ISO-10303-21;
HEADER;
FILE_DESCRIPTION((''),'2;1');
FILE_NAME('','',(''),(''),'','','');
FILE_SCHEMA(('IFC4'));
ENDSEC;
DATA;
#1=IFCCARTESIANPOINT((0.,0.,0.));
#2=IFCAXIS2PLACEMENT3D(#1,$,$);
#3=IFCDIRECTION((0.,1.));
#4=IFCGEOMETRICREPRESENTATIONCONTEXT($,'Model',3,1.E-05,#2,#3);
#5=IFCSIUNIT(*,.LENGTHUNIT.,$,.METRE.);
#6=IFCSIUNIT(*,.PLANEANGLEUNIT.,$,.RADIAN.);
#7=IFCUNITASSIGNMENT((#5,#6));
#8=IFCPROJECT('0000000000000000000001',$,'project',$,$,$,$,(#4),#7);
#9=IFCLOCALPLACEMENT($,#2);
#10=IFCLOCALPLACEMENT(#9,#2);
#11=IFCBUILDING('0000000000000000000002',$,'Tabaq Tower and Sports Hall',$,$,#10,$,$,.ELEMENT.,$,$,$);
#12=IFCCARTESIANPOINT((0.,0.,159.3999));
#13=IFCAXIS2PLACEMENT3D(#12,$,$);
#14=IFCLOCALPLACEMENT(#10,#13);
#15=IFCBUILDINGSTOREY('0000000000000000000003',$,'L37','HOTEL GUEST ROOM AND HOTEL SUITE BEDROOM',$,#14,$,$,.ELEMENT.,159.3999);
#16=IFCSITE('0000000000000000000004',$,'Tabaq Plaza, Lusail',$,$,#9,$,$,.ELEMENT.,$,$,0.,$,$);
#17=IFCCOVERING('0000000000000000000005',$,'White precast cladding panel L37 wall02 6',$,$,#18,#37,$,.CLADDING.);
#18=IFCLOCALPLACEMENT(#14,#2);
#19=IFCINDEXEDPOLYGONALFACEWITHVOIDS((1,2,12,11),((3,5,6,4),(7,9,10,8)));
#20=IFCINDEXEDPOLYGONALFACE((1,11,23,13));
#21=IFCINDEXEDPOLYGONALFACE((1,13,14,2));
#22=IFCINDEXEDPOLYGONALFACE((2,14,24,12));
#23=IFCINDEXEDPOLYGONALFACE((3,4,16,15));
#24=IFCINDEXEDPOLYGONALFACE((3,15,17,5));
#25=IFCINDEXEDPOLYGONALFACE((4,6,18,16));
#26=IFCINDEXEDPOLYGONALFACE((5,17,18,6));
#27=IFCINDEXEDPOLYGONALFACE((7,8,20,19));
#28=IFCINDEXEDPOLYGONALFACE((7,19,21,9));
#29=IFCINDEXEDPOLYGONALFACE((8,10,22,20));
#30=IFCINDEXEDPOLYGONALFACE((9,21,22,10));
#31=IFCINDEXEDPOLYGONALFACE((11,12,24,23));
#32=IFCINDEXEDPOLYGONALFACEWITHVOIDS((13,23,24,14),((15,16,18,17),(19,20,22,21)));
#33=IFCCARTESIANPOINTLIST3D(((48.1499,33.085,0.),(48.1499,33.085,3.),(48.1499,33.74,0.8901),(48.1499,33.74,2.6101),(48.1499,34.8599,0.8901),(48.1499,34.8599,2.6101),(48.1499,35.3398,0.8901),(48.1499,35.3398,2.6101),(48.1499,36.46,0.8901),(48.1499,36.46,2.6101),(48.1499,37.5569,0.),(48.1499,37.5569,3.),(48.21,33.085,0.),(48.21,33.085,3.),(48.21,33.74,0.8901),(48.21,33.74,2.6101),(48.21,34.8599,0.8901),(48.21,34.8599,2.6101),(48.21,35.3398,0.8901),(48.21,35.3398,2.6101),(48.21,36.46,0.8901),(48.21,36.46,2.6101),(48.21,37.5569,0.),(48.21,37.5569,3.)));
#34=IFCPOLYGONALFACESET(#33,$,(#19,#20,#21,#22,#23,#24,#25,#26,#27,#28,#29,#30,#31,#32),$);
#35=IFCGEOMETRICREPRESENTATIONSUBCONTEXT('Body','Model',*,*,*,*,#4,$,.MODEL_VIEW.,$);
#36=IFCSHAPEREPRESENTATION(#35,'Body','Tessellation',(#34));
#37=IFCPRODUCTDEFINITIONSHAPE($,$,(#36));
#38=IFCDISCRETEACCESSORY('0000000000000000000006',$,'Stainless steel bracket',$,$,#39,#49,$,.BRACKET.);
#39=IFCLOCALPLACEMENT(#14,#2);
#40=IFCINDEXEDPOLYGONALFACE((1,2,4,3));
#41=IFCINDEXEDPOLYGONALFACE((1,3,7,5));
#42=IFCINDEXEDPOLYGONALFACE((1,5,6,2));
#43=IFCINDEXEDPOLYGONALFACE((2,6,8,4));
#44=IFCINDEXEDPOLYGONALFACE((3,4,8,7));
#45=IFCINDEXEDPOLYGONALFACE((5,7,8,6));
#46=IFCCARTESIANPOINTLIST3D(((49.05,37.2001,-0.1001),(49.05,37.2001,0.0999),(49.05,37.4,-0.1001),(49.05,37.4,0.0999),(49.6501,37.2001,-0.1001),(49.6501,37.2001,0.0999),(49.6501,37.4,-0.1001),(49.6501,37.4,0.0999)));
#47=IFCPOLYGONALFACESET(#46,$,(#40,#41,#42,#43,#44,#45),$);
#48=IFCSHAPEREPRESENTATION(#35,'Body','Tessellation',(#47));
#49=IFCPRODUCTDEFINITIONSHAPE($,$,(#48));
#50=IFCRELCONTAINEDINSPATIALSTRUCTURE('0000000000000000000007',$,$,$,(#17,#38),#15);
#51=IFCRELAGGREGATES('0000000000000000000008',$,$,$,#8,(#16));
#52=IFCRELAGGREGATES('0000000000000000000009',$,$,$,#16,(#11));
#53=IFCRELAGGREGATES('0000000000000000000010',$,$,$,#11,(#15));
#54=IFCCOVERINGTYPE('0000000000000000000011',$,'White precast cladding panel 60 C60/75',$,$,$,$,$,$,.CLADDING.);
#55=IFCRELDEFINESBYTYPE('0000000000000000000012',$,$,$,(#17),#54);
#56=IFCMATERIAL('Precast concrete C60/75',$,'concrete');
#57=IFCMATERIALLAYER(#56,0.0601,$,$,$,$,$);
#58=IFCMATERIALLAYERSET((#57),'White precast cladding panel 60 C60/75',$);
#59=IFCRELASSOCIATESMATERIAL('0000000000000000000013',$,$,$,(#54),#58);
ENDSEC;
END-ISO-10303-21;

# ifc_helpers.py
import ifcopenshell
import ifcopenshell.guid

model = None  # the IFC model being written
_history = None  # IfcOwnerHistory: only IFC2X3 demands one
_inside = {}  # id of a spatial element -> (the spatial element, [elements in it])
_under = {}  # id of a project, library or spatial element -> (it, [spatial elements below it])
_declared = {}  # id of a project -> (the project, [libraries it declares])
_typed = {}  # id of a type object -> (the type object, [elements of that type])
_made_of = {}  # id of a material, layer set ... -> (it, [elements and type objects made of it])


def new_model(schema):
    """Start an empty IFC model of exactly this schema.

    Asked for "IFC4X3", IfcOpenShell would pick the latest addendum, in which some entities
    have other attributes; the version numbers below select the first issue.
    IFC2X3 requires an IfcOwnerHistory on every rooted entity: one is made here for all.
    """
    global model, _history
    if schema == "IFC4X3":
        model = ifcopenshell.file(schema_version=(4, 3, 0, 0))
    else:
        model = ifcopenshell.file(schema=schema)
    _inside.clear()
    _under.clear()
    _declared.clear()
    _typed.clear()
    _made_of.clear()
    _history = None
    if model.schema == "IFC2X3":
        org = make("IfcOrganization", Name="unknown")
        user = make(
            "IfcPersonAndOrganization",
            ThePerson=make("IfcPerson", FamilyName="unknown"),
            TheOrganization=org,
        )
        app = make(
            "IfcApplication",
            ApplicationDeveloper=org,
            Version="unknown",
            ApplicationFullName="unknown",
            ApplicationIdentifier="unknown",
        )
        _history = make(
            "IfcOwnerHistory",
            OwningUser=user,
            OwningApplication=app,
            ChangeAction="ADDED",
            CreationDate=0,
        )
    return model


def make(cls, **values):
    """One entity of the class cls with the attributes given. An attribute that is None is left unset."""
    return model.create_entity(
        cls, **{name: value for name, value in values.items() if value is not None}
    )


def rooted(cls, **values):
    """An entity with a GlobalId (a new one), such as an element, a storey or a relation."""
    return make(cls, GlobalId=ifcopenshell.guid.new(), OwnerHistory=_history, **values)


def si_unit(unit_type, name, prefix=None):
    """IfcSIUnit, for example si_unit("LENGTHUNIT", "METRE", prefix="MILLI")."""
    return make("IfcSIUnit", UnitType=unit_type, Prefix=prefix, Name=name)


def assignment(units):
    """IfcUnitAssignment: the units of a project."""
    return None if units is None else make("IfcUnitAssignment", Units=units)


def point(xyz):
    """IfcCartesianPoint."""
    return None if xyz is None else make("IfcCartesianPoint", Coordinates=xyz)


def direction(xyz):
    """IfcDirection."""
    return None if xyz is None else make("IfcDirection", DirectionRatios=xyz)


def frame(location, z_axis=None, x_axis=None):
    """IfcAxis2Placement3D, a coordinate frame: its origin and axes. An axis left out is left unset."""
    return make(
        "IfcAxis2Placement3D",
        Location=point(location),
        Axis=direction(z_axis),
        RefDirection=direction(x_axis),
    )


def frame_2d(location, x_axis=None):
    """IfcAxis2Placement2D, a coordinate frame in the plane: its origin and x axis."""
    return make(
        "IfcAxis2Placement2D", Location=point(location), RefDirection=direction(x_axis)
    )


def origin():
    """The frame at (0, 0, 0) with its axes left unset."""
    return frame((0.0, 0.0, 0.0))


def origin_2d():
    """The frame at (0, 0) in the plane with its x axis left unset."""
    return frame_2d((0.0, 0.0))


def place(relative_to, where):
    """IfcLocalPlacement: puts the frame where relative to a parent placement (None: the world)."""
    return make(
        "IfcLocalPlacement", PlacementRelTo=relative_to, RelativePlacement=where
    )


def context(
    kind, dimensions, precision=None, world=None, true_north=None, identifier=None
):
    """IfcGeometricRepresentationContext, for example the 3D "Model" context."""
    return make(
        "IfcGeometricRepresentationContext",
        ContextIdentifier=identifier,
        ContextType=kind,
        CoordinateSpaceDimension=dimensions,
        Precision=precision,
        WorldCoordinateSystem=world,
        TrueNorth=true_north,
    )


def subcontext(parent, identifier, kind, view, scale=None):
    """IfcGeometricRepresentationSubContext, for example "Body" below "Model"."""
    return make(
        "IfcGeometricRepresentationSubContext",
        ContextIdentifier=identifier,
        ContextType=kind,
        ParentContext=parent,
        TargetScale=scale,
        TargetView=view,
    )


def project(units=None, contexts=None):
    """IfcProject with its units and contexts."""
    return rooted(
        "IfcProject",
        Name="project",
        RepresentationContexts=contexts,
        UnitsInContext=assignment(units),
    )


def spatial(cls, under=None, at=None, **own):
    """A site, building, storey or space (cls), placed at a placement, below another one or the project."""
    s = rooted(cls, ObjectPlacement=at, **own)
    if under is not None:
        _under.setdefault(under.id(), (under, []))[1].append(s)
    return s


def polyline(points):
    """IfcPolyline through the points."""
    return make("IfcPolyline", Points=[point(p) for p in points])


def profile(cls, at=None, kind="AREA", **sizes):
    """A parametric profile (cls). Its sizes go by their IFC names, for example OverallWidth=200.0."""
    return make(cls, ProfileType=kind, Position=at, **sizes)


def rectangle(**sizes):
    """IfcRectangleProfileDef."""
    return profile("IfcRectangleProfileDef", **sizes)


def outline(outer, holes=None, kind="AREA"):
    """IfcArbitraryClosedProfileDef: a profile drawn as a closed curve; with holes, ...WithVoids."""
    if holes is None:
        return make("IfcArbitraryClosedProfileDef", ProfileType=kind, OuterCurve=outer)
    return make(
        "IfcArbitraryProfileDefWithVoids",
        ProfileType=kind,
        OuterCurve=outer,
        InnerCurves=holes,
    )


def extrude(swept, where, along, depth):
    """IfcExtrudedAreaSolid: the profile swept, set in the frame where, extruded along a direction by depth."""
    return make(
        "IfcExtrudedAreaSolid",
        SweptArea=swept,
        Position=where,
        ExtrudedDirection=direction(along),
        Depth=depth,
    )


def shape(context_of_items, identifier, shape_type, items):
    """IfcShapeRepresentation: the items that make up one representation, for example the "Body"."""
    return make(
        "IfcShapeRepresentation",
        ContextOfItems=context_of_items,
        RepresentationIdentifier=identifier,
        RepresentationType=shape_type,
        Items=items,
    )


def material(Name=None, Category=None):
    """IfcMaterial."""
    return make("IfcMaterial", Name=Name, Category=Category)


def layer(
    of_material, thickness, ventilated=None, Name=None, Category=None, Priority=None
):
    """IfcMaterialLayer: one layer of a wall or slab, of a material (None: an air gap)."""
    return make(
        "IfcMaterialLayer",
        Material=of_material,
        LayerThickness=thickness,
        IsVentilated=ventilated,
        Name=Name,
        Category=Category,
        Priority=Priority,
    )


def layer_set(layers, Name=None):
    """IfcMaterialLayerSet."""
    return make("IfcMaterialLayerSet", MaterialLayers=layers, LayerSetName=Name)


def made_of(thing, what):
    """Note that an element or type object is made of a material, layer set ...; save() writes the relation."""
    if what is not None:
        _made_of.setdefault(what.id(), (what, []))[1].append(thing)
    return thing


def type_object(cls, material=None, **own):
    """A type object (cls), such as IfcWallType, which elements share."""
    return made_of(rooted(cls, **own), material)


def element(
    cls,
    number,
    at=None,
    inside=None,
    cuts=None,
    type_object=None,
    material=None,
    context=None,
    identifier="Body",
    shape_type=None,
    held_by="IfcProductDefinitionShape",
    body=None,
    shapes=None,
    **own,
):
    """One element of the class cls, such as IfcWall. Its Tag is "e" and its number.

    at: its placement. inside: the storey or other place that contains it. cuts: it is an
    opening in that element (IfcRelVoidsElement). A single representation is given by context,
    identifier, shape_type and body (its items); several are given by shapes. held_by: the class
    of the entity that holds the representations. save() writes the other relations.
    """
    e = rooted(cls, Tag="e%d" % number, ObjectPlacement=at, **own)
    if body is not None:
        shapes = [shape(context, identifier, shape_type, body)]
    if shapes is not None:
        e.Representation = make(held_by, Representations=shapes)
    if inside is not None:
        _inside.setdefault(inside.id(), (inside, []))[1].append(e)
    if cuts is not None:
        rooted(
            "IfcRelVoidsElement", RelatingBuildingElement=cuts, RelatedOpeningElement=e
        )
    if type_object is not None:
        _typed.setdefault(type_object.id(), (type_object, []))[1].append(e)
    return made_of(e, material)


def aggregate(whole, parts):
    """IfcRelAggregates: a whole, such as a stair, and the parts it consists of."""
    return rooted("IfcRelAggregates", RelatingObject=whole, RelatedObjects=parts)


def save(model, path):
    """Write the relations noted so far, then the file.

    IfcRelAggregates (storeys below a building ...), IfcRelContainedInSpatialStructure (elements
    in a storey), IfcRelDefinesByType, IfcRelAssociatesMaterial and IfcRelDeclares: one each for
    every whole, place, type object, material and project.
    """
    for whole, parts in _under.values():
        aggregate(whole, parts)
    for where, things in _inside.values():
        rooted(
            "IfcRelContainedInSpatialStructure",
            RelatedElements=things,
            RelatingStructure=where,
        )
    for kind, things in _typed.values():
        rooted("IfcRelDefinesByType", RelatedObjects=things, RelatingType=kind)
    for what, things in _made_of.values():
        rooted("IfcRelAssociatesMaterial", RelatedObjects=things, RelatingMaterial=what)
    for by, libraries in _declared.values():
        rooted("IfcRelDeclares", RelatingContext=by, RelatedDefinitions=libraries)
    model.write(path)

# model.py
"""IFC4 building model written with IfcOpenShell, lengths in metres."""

from ifc_helpers import new_model, si_unit, direction, frame, origin, origin_2d, place, context, subcontext, project, spatial, polyline, rectangle, outline, extrude, material, layer, layer_set, type_object, element, save


model = new_model("IFC4")

# Units and contexts
model_context = context("Model", 3, precision=1e-05, world=origin(), true_north=direction((0.0, 1.0)))
body_context = subcontext(model_context, "Body", "Model", "MODEL_VIEW")
ifc_project = project(units=[si_unit("LENGTHUNIT", "METRE"), si_unit("PLANEANGLEUNIT", "RADIAN")], contexts=[model_context])

# Site, building, storey
site_placement = place(None, origin())
site = spatial("IfcSite", under=ifc_project, at=site_placement, Name="Tabaq Plaza, Lusail", CompositionType="ELEMENT", RefElevation=0.0)
building_placement = place(site_placement, origin())
building = spatial("IfcBuilding", under=site, at=building_placement, Name="Tabaq Tower and Sports Hall", CompositionType="ELEMENT")
storey_placement = place(building_placement, frame((0.0, 0.0, 159.3999)))
storey = spatial("IfcBuildingStorey", under=building, at=storey_placement, Name="L37", Description="HOTEL GUEST ROOM AND HOTEL SUITE BEDROOM", CompositionType="ELEMENT", Elevation=159.3999)

# Covering
ifc_material_1 = material(Name="Precast concrete C60/75", Category="concrete")
ifc_layer_1 = layer(ifc_material_1, 0.0601)
ifc_layer_set_1 = layer_set([ifc_layer_1], Name="White precast cladding panel 60 C60/75")
covering_type_1 = type_object("IfcCoveringType", Name="White precast cladding panel 60 C60/75", PredefinedType="CLADDING", material=ifc_layer_set_1)
covering_1_placement = place(storey_placement, frame((48.1799, 33.085, 0.0), z_axis=(0.0, 0.0, 1.0), x_axis=(0.0, 1.0, 0.0)))
element("IfcCovering", 1, at=covering_1_placement, inside=storey, type_object=covering_type_1, Name="White precast cladding panel L37 wall02 6", PredefinedType="CLADDING", context=body_context, shape_type="SweptSolid", body=[
    extrude(outline(polyline([(0.0, 0.0), (4.4719, 0.0), (4.4719, 3.0), (0.0, 3.0), (0.0, 0.0)]), holes=[polyline([(0.655, 2.6101), (1.7749, 2.6101), (1.7749, 0.8901), (0.655, 0.8901), (0.655, 2.6101)]), polyline([(2.2549, 2.6101), (3.375, 2.6101), (3.375, 0.8901), (2.2549, 0.8901), (2.2549, 2.6101)])]), frame((0.0, 0.03, 0.0), z_axis=(0.0, -1.0, 0.0), x_axis=(1.0, 0.0, 0.0)), (0.0, 0.0, 1.0), 0.0601),
])

# Discrete accessory
discrete_accessory_placement = place(storey_placement, frame((49.3501, 37.3, -0.1001), z_axis=(0.0, 0.0, 1.0), x_axis=(1.0, 0.0, 0.0)))
element("IfcDiscreteAccessory", 2, at=discrete_accessory_placement, inside=storey, Name="Stainless steel bracket", PredefinedType="BRACKET", context=body_context, shape_type="SweptSolid", body=[
    extrude(rectangle(XDim=0.6001, YDim=0.2, at=origin_2d()), origin(), (0.0, 0.0, 1.0), 0.2),
])

save(model, "model.ifc")
